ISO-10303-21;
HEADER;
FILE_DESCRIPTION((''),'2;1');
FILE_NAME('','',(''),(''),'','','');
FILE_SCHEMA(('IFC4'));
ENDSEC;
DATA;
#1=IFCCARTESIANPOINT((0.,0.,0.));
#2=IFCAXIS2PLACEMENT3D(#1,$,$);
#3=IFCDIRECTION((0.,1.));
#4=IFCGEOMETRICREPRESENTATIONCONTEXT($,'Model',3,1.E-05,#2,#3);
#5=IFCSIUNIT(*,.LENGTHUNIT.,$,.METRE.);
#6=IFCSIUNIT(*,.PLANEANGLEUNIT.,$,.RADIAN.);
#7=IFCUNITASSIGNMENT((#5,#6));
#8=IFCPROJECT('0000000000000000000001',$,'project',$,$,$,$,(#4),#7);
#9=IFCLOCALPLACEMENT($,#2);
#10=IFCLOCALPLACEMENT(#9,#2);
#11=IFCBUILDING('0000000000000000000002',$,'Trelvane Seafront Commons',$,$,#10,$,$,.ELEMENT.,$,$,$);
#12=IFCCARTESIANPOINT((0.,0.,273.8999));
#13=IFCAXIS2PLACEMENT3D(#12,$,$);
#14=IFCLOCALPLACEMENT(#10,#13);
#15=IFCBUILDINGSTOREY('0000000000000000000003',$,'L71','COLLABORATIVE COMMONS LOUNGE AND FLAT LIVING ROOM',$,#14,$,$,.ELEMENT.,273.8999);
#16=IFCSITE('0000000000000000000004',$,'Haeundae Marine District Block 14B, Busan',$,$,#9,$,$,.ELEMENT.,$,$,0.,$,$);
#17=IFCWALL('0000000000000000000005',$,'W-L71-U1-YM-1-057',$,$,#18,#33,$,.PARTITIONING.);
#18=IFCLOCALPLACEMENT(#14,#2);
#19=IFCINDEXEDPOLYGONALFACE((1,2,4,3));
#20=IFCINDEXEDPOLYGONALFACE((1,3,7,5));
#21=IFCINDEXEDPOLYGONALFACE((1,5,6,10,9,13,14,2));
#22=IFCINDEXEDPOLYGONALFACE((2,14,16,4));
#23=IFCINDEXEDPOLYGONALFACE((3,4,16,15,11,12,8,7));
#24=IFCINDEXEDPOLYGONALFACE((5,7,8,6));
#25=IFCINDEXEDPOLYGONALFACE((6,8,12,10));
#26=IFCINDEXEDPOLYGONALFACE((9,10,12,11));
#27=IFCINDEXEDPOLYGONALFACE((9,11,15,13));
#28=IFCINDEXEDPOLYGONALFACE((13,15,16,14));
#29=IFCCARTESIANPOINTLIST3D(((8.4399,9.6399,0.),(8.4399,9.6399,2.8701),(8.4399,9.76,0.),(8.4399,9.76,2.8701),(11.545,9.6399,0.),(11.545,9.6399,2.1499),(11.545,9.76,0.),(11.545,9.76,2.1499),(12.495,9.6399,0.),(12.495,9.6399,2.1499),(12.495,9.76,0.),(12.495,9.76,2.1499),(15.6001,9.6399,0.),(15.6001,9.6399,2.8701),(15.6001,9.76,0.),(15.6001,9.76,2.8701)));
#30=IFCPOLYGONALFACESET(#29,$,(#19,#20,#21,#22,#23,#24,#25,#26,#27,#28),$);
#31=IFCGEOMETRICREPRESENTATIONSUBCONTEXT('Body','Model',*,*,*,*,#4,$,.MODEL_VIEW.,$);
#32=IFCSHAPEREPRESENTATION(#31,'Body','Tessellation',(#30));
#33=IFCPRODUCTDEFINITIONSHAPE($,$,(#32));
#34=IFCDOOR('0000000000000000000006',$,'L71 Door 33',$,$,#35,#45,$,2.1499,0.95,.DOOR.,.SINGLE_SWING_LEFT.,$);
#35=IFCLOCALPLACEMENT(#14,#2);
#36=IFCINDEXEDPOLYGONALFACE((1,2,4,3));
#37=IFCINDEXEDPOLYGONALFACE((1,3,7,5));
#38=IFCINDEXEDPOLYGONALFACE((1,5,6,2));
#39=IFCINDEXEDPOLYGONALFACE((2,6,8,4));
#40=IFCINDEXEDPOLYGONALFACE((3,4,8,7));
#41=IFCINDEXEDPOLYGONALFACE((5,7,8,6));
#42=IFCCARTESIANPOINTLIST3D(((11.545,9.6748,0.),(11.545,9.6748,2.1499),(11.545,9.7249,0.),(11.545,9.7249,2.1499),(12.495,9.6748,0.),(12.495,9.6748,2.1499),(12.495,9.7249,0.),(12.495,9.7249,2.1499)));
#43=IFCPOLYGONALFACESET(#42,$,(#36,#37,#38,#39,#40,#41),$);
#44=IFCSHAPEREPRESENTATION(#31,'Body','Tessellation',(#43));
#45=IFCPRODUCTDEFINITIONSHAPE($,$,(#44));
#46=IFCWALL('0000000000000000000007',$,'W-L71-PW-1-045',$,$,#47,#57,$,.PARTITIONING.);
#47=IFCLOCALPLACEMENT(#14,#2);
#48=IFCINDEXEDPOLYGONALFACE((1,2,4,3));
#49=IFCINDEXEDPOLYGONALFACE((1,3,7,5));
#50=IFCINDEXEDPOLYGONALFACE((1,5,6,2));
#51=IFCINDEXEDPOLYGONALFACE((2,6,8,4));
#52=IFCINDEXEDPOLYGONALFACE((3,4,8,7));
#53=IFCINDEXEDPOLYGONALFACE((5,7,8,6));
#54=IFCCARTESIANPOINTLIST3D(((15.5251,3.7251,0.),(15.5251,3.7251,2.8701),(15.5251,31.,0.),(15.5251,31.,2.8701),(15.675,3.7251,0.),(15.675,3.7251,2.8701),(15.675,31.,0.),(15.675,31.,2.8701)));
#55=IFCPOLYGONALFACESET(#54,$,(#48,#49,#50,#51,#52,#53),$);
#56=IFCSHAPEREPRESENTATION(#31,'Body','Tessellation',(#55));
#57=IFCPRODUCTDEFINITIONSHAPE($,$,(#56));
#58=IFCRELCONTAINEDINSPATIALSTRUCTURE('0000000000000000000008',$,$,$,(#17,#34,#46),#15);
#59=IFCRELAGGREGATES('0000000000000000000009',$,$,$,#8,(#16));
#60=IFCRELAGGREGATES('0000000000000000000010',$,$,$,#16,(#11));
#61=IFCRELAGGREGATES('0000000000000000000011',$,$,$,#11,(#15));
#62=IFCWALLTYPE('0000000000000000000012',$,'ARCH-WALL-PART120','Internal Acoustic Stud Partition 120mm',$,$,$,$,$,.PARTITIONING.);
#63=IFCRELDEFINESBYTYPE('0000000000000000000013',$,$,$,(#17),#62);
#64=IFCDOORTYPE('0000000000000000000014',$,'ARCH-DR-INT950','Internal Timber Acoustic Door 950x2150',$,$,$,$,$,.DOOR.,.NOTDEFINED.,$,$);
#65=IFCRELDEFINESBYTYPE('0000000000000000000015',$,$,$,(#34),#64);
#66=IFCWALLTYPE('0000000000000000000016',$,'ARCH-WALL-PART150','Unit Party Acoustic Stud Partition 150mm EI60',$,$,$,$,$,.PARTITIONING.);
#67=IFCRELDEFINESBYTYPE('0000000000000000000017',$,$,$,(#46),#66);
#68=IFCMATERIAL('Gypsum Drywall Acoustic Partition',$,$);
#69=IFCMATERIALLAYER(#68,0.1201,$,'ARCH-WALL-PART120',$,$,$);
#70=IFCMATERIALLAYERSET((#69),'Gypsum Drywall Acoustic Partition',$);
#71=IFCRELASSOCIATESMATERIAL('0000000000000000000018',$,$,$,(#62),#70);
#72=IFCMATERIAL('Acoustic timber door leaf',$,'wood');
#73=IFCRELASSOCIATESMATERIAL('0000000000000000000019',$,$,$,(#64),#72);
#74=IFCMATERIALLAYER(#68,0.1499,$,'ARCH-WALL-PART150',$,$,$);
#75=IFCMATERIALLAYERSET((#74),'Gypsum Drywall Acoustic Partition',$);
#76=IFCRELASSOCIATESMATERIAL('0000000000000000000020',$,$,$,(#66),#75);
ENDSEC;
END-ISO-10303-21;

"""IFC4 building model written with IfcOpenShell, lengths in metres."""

from ifc_helpers import new_model, si_unit, direction, frame, frame_2d, origin, place, context, subcontext, project, spatial, rectangle, extrude, source, transform, mapped, material, layer, layer_set, type_object, element, fill, save


model = new_model("IFC4")

# Units and contexts
model_context = context("Model", 3, precision=1e-05, world=origin(), true_north=direction((0.0, 1.0)))
body_context = subcontext(model_context, "Body", "Model", "MODEL_VIEW")
ifc_project = project(units=[si_unit("LENGTHUNIT", "METRE"), si_unit("PLANEANGLEUNIT", "RADIAN")], contexts=[model_context])

# Site, building, storey
site_placement = place(None, origin())
site = spatial("IfcSite", under=ifc_project, at=site_placement, Name="Haeundae Marine District Block 14B, Busan", CompositionType="ELEMENT", RefElevation=0.0)
building_placement = place(site_placement, origin())
building = spatial("IfcBuilding", under=site, at=building_placement, Name="Trelvane Seafront Commons", CompositionType="ELEMENT")
storey_placement = place(building_placement, frame((0.0, 0.0, 273.8999)))
storey = spatial("IfcBuildingStorey", under=building, at=storey_placement, Name="L71", Description="COLLABORATIVE COMMONS LOUNGE AND FLAT LIVING ROOM", CompositionType="ELEMENT", Elevation=273.8999)

# Wall, opening, door
ifc_material_1 = material(Name="Gypsum Drywall Acoustic Partition")
ifc_layer_1 = layer(ifc_material_1, 0.1201, Name="ARCH-WALL-PART120")
ifc_layer_set_1 = layer_set([ifc_layer_1], Name="Gypsum Drywall Acoustic Partition")
wall_type_1 = type_object("IfcWallType", Name="ARCH-WALL-PART120", Description="Internal Acoustic Stud Partition 120mm", PredefinedType="PARTITIONING", material=ifc_layer_set_1)
wall_1_placement = place(storey_placement, frame((8.4399, 9.7, 0.0), z_axis=(0.0, 0.0, 1.0), x_axis=(1.0, 0.0, 0.0)))
wall_1 = element("IfcWall", 1, at=wall_1_placement, inside=storey, type_object=wall_type_1, Name="W-L71-U1-YM-1-057", PredefinedType="PARTITIONING", context=body_context, shape_type="SweptSolid", body=[
    extrude(rectangle(XDim=7.1602, YDim=0.1201, at=frame_2d((3.5801, 0.0))), origin(), (0.0, 0.0, 1.0), 2.8701),
])
opening_1_placement = place(wall_1_placement, frame((3.105, 0.0, 0.0)))
opening_1 = element("IfcOpeningElement", 2, at=opening_1_placement, cuts=wall_1, PredefinedType="OPENING", context=body_context, shape_type="SweptSolid", body=[
    extrude(rectangle(XDim=0.95, YDim=2.1499, at=frame_2d((0.4751, 1.075))), frame((0.0, 0.0701, 0.0), z_axis=(0.0, -1.0, 0.0), x_axis=(1.0, 0.0, 0.0)), (0.0, 0.0, 1.0), 0.1401),
])
ifc_material_2 = material(Name="Acoustic timber door leaf", Category="wood")
door_type = type_object("IfcDoorType", Name="ARCH-DR-INT950", Description="Internal Timber Acoustic Door 950x2150", OperationType="NOTDEFINED", PredefinedType="DOOR", material=ifc_material_2)
shared_shape_1 = source(origin(), body_context, "Body", "SweptSolid", [
    extrude(rectangle(XDim=0.95, YDim=2.1499, at=frame_2d((0.4751, 1.075))), frame((0.0, 0.0249, 0.0), z_axis=(0.0, -1.0, 0.0), x_axis=(1.0, 0.0, 0.0)), (0.0, 0.0, 1.0), 0.05),
])
door_placement = place(opening_1_placement, origin())
door = element("IfcDoor", 3, at=door_placement, inside=storey, type_object=door_type, Name="L71 Door 33", OperationType="SINGLE_SWING_LEFT", OverallHeight=2.1499, OverallWidth=0.95, PredefinedType="DOOR", context=body_context, shape_type="MappedRepresentation", body=[
    mapped(shared_shape_1, transform((0.0, 0.0, 0.0), x_axis=(1.0, 0.0, 0.0), y_axis=(0.0, 1.0, 0.0), z_axis=(0.0, 0.0, 1.0), scale=1.0)),
])
fill(opening_1, door)

# Wall
ifc_layer_2 = layer(ifc_material_1, 0.1499, Name="ARCH-WALL-PART150")
ifc_layer_set_2 = layer_set([ifc_layer_2], Name="Gypsum Drywall Acoustic Partition")
wall_type_2 = type_object("IfcWallType", Name="ARCH-WALL-PART150", Description="Unit Party Acoustic Stud Partition 150mm EI60", PredefinedType="PARTITIONING", material=ifc_layer_set_2)
wall_2_placement = place(storey_placement, frame((15.6001, 3.7251, 0.0), z_axis=(0.0, 0.0, 1.0), x_axis=(0.0, 1.0, 0.0)))
element("IfcWall", 4, at=wall_2_placement, inside=storey, type_object=wall_type_2, Name="W-L71-PW-1-045", PredefinedType="PARTITIONING", context=body_context, shape_type="SweptSolid", body=[
    extrude(rectangle(XDim=27.2749, YDim=0.1499, at=frame_2d((13.6375, 0.0))), origin(), (0.0, 0.0, 1.0), 2.8701),
])

save(model, "model.ifc")
